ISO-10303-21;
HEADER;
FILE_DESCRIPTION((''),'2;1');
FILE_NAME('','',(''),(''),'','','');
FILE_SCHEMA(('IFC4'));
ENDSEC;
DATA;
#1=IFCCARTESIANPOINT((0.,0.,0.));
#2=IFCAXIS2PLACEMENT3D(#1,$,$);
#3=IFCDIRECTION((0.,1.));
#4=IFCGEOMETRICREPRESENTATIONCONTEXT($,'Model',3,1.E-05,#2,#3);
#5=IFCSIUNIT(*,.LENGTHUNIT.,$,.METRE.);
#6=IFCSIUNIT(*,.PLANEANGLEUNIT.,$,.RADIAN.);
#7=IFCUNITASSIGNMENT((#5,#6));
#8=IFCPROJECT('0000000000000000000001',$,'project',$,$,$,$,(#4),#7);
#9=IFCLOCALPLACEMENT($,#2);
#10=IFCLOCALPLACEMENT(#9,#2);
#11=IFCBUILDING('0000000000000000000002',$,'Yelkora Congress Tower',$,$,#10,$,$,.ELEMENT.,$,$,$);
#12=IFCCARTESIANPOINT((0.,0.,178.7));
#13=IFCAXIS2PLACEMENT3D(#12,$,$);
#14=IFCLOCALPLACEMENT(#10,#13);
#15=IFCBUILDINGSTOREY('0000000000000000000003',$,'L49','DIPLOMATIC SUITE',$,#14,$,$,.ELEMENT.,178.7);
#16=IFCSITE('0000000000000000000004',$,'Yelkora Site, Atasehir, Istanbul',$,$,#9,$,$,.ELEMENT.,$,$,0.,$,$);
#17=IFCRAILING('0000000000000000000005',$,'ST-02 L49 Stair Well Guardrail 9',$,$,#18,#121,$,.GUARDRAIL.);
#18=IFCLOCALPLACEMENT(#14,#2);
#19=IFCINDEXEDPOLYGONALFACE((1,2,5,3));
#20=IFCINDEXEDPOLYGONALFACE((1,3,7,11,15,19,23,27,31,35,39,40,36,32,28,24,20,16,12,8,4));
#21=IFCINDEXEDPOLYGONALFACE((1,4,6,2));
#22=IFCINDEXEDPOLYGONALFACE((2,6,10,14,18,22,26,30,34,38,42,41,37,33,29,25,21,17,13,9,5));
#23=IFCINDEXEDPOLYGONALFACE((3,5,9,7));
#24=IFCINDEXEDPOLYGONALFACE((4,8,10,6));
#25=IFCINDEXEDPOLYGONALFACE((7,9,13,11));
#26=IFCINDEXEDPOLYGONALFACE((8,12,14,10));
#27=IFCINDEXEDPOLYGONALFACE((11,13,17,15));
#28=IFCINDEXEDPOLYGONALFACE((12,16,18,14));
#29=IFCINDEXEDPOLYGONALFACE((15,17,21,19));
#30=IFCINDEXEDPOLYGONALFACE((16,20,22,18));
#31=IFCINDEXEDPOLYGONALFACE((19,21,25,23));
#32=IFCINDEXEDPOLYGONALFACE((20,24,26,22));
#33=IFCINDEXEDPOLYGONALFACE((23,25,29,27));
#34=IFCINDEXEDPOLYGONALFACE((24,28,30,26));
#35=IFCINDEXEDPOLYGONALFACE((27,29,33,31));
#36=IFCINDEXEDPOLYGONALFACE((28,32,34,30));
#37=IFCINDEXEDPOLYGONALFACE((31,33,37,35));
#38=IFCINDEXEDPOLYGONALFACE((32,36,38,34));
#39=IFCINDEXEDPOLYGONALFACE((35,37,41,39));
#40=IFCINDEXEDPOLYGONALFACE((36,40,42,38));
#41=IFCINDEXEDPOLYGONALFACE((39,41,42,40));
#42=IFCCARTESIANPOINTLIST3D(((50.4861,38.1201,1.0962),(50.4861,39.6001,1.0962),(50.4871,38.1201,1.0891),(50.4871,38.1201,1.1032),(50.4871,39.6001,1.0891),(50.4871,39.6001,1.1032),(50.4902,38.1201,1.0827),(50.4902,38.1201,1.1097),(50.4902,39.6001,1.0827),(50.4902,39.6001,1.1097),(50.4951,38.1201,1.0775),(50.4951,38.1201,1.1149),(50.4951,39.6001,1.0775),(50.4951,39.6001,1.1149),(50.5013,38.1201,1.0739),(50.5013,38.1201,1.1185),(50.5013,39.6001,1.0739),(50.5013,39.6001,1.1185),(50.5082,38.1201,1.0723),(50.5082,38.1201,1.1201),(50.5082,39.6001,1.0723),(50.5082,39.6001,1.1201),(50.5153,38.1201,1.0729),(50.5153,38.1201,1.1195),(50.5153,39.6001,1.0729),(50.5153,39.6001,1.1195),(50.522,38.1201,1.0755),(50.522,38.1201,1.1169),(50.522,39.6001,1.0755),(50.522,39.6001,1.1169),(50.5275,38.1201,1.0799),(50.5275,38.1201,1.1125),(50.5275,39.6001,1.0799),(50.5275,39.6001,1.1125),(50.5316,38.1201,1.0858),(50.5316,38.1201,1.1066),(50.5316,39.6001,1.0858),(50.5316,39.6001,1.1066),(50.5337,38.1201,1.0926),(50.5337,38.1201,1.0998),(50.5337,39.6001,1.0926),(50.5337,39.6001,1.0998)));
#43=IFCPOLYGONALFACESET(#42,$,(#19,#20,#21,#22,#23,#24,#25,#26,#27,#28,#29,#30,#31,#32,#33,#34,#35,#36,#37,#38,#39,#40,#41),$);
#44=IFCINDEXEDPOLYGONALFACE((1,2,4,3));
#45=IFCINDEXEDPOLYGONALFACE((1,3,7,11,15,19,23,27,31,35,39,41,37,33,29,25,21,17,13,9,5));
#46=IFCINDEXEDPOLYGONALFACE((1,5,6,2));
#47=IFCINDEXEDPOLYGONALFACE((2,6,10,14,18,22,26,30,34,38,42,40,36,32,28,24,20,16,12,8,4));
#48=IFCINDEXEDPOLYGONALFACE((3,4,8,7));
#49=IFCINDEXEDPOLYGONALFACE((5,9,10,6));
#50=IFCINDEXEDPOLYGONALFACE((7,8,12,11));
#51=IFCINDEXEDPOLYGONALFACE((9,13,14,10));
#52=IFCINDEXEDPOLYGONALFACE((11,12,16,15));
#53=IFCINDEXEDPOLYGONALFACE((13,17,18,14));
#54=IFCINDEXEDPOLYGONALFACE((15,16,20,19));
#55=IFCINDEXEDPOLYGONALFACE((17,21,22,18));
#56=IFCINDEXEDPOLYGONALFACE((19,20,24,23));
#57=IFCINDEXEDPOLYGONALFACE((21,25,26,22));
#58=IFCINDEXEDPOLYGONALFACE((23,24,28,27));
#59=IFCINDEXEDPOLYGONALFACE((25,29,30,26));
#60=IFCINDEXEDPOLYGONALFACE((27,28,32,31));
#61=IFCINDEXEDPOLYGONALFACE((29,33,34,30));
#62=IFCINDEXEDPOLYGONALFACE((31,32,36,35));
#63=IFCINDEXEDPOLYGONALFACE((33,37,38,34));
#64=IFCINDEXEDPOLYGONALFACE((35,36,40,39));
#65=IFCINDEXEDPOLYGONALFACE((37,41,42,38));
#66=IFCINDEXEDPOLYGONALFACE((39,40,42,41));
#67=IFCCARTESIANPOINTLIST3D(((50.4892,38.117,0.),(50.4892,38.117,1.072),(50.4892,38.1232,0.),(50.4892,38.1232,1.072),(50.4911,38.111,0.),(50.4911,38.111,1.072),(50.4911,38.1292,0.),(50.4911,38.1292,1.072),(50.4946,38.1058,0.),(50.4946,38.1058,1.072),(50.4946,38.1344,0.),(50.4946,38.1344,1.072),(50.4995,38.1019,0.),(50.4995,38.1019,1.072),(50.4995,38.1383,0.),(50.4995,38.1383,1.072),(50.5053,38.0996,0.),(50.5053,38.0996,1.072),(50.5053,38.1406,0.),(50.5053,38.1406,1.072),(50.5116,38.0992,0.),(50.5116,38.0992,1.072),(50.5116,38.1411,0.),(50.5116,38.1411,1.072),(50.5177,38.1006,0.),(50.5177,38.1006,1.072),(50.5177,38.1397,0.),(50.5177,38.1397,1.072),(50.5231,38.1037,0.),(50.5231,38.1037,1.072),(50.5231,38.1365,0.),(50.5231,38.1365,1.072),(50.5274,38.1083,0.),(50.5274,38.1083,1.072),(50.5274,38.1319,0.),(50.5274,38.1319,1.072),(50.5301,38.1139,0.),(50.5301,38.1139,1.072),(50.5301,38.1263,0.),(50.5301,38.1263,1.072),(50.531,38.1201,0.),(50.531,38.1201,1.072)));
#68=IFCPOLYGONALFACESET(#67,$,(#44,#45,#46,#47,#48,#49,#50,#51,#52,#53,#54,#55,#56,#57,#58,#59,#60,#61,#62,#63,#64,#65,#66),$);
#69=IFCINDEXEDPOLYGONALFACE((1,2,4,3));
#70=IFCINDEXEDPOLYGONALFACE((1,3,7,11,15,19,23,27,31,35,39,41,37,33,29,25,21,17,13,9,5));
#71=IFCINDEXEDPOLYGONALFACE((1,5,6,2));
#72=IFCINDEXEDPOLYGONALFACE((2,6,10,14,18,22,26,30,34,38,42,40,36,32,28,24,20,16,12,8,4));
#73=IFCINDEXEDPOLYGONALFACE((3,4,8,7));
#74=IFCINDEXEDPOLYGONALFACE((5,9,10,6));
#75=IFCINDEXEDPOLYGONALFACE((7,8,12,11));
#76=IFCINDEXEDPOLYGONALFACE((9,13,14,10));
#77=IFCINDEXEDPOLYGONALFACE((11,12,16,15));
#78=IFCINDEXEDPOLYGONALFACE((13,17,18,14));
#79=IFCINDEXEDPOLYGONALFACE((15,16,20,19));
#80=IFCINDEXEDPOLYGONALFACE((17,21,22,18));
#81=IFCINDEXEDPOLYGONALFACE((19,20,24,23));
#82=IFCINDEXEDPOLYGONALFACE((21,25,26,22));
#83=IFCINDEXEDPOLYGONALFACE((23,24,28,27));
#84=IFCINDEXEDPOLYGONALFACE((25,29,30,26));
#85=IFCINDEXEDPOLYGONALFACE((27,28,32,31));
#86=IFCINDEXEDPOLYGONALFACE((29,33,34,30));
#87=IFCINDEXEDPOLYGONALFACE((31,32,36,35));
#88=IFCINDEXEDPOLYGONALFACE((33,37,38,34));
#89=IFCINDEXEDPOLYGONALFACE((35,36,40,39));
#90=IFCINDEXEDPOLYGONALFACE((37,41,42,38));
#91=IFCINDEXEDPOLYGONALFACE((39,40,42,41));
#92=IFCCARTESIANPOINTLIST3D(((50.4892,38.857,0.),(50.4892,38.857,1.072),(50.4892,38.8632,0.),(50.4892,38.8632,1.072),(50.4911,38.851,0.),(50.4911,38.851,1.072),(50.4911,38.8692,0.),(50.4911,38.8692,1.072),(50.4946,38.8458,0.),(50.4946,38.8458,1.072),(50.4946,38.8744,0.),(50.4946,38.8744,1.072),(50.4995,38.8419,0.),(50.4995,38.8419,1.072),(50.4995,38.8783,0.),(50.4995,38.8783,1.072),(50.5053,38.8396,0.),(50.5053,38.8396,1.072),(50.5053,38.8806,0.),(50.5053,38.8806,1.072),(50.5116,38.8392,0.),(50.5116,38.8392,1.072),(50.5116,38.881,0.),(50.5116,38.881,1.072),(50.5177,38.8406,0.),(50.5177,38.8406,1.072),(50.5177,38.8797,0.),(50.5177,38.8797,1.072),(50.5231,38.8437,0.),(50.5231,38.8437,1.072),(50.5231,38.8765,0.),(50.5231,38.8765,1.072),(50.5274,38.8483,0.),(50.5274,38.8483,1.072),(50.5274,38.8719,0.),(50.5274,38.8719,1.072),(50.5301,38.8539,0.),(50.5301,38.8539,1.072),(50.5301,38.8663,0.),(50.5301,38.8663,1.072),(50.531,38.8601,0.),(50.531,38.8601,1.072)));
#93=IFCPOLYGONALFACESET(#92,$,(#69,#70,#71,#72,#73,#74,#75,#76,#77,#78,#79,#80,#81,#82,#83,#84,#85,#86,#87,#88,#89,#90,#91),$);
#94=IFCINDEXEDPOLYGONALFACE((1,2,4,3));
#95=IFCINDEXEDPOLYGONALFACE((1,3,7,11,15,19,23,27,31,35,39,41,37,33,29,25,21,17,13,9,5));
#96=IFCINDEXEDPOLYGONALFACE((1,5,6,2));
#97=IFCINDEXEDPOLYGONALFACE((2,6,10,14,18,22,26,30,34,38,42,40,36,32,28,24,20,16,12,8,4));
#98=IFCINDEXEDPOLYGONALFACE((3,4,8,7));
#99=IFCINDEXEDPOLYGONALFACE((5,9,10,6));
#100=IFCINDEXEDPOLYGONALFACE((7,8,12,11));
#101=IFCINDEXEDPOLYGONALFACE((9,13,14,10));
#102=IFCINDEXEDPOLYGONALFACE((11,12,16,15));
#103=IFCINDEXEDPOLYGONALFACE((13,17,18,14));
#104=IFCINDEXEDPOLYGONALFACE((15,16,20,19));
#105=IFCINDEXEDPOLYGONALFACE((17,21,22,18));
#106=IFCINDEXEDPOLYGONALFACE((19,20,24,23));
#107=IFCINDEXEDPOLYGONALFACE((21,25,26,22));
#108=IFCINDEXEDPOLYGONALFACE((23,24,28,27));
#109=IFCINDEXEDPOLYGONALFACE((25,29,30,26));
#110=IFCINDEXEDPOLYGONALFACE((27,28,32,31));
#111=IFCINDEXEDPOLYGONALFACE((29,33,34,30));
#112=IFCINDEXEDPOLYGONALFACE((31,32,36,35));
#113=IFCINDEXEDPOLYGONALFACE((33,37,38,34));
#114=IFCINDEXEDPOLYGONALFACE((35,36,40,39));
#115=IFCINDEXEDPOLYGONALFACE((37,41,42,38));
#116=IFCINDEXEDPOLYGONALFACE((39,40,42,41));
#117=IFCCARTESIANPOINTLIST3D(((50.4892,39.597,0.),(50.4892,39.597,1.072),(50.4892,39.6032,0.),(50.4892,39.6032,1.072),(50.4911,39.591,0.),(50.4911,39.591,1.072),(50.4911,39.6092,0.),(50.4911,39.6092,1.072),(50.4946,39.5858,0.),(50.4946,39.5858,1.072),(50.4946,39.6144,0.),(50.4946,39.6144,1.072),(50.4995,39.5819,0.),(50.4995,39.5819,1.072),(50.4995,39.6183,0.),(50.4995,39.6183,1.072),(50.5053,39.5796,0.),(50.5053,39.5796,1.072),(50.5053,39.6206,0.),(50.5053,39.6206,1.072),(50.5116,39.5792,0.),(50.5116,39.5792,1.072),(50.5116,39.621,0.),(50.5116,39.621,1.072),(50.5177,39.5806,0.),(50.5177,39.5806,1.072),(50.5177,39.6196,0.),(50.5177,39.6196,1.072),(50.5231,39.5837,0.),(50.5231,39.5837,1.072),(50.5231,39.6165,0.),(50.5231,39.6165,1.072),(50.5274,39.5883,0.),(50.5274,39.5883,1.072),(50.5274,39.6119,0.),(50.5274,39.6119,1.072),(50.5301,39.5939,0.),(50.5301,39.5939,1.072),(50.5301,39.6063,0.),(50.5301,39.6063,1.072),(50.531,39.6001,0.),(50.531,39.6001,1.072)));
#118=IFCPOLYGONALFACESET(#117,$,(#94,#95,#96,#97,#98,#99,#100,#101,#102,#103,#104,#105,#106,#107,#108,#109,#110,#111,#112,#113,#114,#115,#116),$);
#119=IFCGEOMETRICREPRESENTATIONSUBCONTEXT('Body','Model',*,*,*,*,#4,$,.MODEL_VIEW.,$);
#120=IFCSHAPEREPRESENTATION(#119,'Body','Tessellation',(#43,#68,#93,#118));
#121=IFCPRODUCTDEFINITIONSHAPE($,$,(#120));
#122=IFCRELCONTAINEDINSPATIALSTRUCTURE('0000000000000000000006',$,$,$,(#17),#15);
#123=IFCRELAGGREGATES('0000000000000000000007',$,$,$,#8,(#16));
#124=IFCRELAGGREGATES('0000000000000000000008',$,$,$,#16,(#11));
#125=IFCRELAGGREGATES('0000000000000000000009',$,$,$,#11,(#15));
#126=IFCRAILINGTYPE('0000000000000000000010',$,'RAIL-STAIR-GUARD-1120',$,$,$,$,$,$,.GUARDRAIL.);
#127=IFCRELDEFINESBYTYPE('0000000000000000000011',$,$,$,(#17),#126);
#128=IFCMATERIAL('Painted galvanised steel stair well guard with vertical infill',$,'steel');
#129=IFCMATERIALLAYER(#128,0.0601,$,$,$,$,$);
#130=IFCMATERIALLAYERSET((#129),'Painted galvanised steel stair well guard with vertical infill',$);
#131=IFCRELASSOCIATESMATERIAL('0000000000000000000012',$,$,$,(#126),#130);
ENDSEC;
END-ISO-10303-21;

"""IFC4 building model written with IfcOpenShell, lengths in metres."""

from ifc_helpers import new_model, si_unit, direction, frame, origin, origin_2d, place, context, subcontext, project, spatial, circle, extrude, material, layer, layer_set, type_object, element, save


model = new_model("IFC4")

# Units and contexts
model_context = context("Model", 3, precision=1e-05, world=origin(), true_north=direction((0.0, 1.0)))
body_context = subcontext(model_context, "Body", "Model", "MODEL_VIEW")
ifc_project = project(units=[si_unit("LENGTHUNIT", "METRE"), si_unit("PLANEANGLEUNIT", "RADIAN")], contexts=[model_context])

# Site, building, storey
site_placement = place(None, origin())
site = spatial("IfcSite", under=ifc_project, at=site_placement, Name="Yelkora Site, Atasehir, Istanbul", CompositionType="ELEMENT", RefElevation=0.0)
building_placement = place(site_placement, origin())
building = spatial("IfcBuilding", under=site, at=building_placement, Name="Yelkora Congress Tower", CompositionType="ELEMENT")
storey_placement = place(building_placement, frame((0.0, 0.0, 178.7)))
storey = spatial("IfcBuildingStorey", under=building, at=storey_placement, Name="L49", Description="DIPLOMATIC SUITE", CompositionType="ELEMENT", Elevation=178.7)

# Railing
ifc_material_1 = material(Name="Painted galvanised steel stair well guard with vertical infill", Category="steel")
ifc_layer_1 = layer(ifc_material_1, 0.0601)
ifc_layer_set_1 = layer_set([ifc_layer_1], Name="Painted galvanised steel stair well guard with vertical infill")
railing_type_1 = type_object("IfcRailingType", Name="RAIL-STAIR-GUARD-1120", PredefinedType="GUARDRAIL", material=ifc_layer_set_1)
for number, where, name in (
    (1, (50.51, 38.1201, 0.0), "ST-02 L49 Stair Well Guardrail 9"),
):
    element("IfcRailing", number, at=place(storey_placement, frame(where)), inside=storey, type_object=railing_type_1, Name=name, PredefinedType="GUARDRAIL", context=body_context, shape_type="SweptSolid", body=[
        extrude(circle(Radius=0.0239, at=origin_2d()), frame((0.0, 0.0, 1.0962), z_axis=(0.0, 1.0, 0.0), x_axis=(-1.0, 0.0, 0.0)), (0.0, 0.0, 1.0), 1.48),
        extrude(circle(Radius=0.021, at=origin_2d()), origin(), (0.0, 0.0, 1.0), 1.072),
        extrude(circle(Radius=0.021, at=origin_2d()), frame((0.0, 0.74, 0.0)), (0.0, 0.0, 1.0), 1.072),
        extrude(circle(Radius=0.021, at=origin_2d()), frame((0.0, 1.48, 0.0)), (0.0, 0.0, 1.0), 1.072),
    ])

save(model, "model.ifc")
